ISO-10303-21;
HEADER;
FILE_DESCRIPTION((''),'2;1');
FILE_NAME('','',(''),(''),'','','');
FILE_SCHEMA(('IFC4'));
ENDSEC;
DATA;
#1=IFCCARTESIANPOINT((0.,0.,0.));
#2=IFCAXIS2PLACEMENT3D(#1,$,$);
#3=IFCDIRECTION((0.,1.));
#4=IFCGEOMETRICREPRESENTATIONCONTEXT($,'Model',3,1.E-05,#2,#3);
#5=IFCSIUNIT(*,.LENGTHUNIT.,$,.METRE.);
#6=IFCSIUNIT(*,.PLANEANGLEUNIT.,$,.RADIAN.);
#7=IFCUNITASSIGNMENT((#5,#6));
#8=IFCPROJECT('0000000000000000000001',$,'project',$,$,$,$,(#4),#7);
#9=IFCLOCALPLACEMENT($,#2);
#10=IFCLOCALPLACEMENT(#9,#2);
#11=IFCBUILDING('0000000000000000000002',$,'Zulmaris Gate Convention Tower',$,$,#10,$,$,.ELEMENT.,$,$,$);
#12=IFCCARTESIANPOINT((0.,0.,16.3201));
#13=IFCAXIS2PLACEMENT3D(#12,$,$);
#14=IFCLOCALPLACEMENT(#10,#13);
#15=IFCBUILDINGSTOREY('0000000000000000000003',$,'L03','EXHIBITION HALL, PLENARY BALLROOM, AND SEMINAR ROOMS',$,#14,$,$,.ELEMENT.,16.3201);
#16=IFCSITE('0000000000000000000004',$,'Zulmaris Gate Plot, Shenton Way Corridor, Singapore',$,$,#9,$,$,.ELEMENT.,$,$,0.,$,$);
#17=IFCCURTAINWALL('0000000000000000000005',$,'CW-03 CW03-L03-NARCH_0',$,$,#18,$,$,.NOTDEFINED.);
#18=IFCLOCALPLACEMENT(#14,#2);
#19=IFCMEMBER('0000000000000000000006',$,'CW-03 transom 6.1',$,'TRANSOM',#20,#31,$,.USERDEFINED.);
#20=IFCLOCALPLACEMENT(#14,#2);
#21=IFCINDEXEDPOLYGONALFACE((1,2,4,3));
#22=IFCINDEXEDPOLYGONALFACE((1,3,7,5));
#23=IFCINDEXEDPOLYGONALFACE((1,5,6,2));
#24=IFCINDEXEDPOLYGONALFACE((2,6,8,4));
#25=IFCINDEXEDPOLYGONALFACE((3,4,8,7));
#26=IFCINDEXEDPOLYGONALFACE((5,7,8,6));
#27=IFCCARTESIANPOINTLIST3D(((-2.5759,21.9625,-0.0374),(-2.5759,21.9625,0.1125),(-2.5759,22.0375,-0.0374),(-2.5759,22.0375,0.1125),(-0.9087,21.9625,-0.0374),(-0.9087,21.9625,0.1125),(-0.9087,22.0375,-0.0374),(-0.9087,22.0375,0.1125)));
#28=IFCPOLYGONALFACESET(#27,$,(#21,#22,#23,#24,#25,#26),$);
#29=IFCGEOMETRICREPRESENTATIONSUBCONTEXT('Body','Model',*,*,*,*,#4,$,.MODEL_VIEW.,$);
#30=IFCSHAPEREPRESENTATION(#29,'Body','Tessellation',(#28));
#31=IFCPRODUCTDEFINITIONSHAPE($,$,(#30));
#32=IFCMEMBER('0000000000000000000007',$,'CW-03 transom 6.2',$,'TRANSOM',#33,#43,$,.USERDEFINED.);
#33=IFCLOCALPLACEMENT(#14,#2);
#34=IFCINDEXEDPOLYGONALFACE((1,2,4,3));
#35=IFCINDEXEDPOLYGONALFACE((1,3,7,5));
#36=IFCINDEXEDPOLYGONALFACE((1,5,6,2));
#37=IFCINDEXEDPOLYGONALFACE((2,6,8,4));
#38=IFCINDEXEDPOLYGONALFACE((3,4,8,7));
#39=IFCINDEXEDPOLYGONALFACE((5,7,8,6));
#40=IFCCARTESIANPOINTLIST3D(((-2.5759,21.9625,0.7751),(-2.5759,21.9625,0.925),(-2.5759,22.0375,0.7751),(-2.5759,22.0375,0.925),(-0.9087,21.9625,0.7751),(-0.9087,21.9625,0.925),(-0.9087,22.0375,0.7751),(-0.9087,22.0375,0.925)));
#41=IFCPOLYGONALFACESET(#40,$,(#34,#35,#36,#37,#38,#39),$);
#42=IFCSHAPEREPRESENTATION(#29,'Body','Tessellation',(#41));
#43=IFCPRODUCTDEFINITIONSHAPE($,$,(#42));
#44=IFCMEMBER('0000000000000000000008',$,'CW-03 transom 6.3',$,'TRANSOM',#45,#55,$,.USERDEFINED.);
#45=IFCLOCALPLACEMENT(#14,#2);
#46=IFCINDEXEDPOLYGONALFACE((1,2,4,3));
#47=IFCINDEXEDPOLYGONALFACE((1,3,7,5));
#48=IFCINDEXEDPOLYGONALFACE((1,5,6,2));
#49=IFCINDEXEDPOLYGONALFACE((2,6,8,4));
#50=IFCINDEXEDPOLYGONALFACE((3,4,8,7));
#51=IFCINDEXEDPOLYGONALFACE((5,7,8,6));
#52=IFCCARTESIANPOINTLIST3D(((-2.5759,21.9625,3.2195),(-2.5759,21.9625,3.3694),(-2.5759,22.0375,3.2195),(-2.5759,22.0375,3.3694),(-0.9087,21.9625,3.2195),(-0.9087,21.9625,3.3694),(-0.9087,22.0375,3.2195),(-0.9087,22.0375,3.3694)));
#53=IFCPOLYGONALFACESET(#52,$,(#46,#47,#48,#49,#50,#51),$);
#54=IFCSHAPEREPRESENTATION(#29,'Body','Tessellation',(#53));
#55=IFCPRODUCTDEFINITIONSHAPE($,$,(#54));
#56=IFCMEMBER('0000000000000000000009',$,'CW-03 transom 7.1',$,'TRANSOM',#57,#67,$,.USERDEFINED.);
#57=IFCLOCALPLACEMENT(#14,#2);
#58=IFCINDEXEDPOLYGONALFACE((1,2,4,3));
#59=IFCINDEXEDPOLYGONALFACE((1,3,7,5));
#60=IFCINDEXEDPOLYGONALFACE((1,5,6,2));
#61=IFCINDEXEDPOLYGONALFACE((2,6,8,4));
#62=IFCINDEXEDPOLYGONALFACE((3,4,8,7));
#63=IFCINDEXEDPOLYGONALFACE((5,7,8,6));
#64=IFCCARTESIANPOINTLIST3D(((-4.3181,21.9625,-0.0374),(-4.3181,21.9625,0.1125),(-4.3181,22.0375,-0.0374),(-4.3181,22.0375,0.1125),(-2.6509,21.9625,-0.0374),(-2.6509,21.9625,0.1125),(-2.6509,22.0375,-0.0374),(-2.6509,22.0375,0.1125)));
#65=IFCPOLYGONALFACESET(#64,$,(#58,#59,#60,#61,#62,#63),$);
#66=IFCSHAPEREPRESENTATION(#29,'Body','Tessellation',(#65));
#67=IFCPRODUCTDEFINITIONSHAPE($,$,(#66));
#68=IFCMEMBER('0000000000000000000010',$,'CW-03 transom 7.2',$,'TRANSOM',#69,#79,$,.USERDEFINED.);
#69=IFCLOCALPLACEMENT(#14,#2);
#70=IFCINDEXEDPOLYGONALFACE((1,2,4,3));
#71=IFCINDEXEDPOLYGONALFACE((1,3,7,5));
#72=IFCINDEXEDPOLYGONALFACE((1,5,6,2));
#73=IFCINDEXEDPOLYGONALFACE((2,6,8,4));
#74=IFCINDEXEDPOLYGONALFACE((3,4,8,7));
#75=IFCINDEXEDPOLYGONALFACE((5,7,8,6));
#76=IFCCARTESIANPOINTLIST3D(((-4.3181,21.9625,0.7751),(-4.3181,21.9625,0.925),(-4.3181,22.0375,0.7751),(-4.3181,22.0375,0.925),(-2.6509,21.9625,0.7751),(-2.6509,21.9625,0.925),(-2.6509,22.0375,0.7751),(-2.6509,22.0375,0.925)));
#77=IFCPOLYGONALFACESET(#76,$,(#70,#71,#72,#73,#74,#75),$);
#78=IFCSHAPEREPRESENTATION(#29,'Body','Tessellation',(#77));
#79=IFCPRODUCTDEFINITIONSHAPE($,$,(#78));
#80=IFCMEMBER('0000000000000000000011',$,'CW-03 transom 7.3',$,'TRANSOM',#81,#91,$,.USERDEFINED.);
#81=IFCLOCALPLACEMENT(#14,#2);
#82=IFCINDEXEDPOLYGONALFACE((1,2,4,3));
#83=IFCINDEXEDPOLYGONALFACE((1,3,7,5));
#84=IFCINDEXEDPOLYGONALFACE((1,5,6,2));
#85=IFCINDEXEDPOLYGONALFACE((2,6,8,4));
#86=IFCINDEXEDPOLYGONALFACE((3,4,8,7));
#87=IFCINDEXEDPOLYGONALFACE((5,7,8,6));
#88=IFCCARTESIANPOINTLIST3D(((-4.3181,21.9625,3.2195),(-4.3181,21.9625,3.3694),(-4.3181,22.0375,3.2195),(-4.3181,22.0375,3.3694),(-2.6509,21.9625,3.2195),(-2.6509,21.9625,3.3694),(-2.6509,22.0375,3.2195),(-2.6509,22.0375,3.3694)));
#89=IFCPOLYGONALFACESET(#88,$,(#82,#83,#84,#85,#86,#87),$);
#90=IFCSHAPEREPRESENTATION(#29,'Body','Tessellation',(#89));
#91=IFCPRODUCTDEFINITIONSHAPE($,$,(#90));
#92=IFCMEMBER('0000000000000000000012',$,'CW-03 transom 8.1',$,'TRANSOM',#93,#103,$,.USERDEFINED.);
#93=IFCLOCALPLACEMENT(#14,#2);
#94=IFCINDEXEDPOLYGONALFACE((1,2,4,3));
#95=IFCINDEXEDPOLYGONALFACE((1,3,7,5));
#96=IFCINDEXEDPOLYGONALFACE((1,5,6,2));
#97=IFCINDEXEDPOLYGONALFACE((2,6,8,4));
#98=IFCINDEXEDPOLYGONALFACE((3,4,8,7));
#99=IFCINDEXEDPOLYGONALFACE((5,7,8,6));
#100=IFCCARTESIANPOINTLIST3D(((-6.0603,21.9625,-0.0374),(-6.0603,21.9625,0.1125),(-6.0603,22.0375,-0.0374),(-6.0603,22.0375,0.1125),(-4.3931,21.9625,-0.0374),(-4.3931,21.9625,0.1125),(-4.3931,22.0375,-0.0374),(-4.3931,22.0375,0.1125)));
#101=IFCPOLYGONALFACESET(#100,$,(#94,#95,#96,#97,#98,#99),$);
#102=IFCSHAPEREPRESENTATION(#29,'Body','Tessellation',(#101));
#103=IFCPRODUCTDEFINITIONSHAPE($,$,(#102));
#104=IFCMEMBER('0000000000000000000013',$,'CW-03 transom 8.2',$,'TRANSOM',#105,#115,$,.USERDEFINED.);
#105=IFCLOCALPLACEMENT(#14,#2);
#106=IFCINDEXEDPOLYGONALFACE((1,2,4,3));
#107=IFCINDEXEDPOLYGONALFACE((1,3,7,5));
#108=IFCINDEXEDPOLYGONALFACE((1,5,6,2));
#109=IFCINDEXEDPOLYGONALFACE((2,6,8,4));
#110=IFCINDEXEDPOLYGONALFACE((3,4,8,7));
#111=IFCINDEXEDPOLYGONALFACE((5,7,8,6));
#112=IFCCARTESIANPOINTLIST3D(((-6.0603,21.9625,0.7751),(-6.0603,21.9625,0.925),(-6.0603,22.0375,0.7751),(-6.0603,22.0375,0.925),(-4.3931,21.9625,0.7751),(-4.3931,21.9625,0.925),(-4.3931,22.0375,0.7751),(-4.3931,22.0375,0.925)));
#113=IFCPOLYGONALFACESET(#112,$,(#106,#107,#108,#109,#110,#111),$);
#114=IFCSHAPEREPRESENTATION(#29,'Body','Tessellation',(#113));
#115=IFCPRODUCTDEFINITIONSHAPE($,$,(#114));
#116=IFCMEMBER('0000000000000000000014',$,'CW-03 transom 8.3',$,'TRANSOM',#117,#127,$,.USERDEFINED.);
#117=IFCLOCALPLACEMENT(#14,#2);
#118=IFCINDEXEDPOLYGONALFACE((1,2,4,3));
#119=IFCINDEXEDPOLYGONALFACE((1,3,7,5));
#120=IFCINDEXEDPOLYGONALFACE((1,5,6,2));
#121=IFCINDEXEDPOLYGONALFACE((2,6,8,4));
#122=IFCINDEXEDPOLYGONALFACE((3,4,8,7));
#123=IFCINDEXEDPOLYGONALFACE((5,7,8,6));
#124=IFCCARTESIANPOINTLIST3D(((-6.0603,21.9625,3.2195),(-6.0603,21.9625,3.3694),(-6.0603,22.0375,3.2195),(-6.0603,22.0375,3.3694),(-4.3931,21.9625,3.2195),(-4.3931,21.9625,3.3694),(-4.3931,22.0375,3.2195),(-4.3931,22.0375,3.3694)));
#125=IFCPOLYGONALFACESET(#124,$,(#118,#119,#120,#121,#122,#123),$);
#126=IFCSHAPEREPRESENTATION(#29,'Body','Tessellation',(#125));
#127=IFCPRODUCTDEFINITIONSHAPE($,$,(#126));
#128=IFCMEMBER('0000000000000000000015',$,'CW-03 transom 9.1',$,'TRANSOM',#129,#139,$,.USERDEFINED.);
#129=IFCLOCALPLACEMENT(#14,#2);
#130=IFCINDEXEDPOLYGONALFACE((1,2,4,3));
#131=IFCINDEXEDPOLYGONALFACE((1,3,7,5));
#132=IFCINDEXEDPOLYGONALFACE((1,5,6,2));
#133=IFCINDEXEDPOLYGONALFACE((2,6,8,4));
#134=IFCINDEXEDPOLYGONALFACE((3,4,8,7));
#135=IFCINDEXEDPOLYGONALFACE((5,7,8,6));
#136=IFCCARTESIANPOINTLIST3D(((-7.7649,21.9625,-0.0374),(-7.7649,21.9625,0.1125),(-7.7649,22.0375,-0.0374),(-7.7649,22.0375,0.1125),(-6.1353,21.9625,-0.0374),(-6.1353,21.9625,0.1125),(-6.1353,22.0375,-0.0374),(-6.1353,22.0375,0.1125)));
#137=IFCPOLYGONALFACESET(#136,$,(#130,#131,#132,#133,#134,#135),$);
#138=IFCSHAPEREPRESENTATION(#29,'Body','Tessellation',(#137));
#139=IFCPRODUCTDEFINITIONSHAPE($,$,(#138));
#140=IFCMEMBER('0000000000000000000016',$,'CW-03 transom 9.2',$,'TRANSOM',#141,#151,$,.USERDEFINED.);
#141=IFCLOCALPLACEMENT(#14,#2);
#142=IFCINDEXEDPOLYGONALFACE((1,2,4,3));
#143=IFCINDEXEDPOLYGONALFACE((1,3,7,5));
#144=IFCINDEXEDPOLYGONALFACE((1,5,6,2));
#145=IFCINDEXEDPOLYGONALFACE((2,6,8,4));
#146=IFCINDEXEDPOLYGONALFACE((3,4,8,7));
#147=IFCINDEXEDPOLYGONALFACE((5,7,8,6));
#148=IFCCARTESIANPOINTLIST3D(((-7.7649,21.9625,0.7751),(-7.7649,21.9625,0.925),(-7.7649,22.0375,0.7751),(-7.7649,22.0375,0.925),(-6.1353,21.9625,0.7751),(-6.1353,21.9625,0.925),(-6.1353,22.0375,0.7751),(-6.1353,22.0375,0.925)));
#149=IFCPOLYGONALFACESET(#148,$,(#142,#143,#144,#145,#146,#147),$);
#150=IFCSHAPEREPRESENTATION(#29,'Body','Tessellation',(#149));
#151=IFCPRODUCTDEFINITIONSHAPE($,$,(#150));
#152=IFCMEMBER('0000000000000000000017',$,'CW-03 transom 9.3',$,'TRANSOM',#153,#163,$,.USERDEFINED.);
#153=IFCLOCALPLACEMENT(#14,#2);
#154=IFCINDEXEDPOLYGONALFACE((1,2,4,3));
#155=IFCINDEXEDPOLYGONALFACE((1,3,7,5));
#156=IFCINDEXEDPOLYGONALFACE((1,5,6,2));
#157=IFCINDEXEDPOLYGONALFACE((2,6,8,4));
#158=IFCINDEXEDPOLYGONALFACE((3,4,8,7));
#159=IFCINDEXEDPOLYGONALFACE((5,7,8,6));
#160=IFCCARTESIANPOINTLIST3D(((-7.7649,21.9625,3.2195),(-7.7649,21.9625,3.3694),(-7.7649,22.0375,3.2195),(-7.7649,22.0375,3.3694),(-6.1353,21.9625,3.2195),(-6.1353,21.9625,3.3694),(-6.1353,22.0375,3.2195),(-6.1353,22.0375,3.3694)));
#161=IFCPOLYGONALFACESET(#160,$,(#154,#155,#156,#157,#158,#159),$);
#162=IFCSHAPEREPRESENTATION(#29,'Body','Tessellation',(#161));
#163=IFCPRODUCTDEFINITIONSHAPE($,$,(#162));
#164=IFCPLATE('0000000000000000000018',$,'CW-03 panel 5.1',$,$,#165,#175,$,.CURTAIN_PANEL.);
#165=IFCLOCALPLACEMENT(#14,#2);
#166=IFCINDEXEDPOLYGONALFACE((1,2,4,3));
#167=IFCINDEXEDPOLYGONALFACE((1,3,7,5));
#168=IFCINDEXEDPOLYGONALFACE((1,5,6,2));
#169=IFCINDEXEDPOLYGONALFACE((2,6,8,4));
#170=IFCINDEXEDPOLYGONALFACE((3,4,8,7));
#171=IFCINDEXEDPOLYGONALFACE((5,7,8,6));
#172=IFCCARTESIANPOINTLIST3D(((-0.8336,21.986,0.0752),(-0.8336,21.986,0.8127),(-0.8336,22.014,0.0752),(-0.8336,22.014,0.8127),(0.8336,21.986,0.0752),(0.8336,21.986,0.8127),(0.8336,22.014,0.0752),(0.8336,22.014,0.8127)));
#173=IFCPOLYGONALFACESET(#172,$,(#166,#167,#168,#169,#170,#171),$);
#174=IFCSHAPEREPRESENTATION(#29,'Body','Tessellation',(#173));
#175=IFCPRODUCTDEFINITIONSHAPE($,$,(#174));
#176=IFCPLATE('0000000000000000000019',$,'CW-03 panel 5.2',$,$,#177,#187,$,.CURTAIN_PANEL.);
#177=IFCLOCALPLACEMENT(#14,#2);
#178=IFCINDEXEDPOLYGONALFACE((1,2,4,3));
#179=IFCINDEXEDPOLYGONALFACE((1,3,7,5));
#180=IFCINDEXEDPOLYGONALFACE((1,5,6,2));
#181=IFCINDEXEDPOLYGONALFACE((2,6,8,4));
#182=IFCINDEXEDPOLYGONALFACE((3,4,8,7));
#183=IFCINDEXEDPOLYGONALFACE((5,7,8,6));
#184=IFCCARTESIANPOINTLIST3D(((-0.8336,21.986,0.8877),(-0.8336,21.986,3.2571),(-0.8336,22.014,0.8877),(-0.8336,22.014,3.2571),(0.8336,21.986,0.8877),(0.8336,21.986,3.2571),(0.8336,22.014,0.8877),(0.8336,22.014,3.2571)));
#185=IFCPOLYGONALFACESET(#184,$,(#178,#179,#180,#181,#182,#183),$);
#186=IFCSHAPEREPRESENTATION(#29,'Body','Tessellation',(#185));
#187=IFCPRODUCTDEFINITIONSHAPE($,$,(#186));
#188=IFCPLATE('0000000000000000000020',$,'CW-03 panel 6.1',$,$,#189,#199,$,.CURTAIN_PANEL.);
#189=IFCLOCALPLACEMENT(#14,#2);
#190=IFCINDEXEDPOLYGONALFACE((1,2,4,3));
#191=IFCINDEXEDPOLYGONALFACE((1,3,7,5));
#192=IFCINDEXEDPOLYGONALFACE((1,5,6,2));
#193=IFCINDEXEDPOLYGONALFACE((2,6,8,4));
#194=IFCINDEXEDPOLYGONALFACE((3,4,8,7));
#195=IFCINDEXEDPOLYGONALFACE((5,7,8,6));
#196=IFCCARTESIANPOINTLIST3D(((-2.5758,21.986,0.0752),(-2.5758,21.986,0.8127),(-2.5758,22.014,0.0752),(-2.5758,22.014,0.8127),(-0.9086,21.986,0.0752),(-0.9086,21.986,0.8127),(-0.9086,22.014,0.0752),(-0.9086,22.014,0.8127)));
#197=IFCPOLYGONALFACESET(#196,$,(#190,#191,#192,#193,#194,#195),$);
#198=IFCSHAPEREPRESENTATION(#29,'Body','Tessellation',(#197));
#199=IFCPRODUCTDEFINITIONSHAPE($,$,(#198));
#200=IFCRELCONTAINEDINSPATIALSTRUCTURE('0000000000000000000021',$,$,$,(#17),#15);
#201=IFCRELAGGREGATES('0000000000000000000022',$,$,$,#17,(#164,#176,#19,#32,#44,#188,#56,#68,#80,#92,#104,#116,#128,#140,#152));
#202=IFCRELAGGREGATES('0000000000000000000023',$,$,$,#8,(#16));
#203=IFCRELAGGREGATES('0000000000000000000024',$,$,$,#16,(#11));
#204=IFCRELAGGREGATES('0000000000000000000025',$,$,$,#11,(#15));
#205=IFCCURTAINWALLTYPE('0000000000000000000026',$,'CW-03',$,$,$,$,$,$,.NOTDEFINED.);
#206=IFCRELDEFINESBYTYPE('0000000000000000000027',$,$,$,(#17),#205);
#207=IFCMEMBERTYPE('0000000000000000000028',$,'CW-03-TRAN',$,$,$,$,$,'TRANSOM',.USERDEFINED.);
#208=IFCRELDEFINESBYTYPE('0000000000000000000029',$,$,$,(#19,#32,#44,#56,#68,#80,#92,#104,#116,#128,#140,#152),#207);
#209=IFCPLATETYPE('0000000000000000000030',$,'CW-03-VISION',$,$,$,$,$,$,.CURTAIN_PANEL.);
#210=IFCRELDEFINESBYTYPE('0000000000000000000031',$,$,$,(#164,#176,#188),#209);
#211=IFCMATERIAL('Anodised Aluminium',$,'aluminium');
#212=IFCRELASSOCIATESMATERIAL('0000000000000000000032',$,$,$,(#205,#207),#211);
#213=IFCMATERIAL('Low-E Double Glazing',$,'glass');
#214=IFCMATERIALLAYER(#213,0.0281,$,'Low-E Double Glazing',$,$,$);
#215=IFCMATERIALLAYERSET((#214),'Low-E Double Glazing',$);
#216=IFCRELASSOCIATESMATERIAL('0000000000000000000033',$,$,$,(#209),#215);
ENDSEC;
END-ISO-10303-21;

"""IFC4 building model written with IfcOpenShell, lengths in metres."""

from ifc_helpers import new_model, si_unit, direction, frame, origin, origin_2d, place, context, subcontext, project, spatial, rectangle, extrude, material, layer, layer_set, material_profile, profile_set, type_object, element, aggregate, save


model = new_model("IFC4")

# Units and contexts
model_context = context("Model", 3, precision=1e-05, world=origin(), true_north=direction((0.0, 1.0)))
body_context = subcontext(model_context, "Body", "Model", "MODEL_VIEW")
ifc_project = project(units=[si_unit("LENGTHUNIT", "METRE"), si_unit("PLANEANGLEUNIT", "RADIAN")], contexts=[model_context])

# Site, building, storey
site_placement = place(None, origin())
site = spatial("IfcSite", under=ifc_project, at=site_placement, Name="Zulmaris Gate Plot, Shenton Way Corridor, Singapore", CompositionType="ELEMENT", RefElevation=0.0)
building_placement = place(site_placement, origin())
building = spatial("IfcBuilding", under=site, at=building_placement, Name="Zulmaris Gate Convention Tower", CompositionType="ELEMENT")
storey_placement = place(building_placement, frame((0.0, 0.0, 16.3201)))
storey = spatial("IfcBuildingStorey", under=building, at=storey_placement, Name="L03", Description="EXHIBITION HALL, PLENARY BALLROOM, AND SEMINAR ROOMS", CompositionType="ELEMENT", Elevation=16.3201)

# Curtain wall, members, plates
ifc_material_1 = material(Name="Anodised Aluminium", Category="aluminium")
curtain_wall_type = type_object("IfcCurtainWallType", Name="CW-03", PredefinedType="NOTDEFINED", material=ifc_material_1)
curtain_wall_placement = place(storey_placement, origin())
curtain_wall = element("IfcCurtainWall", 1, at=curtain_wall_placement, inside=storey, type_object=curtain_wall_type, Name="CW-03 CW03-L03-NARCH_0", PredefinedType="NOTDEFINED")
ifc_material_profile_1 = material_profile(ifc_material_1, rectangle(XDim=0.075, YDim=0.1499, at=origin_2d()), Name="ALU TRANSOM 75x150")
ifc_profile_set_1 = profile_set([ifc_material_profile_1], Name="Anodised Aluminium")
member_type_1 = type_object("IfcMemberType", Name="CW-03-TRAN", ElementType="TRANSOM", PredefinedType="USERDEFINED", material=ifc_profile_set_1)
member_1_placement = place(storey_placement, frame((-0.9087, 22.0, 0.0376), z_axis=(-1.0, 0.0, 0.0), x_axis=(0.0, -1.0, 0.0)))
member_1 = element("IfcMember", 2, at=member_1_placement, type_object=member_type_1, Name="CW-03 transom 6.1", ObjectType="TRANSOM", PredefinedType="USERDEFINED", context=body_context, shape_type="SweptSolid", body=[
    extrude(rectangle(XDim=0.075, YDim=0.1499, at=origin_2d()), origin(), (0.0, 0.0, 1.0), 1.6672),
])
member_2_placement = place(storey_placement, frame((-0.9087, 22.0, 0.8501), z_axis=(-1.0, 0.0, 0.0), x_axis=(0.0, -1.0, 0.0)))
member_2 = element("IfcMember", 3, at=member_2_placement, type_object=member_type_1, Name="CW-03 transom 6.2", ObjectType="TRANSOM", PredefinedType="USERDEFINED", context=body_context, shape_type="SweptSolid", body=[
    extrude(rectangle(XDim=0.075, YDim=0.1499, at=origin_2d()), origin(), (0.0, 0.0, 1.0), 1.6672),
])
member_3_placement = place(storey_placement, frame((-0.9087, 22.0, 3.2944), z_axis=(-1.0, 0.0, 0.0), x_axis=(0.0, -1.0, 0.0)))
member_3 = element("IfcMember", 4, at=member_3_placement, type_object=member_type_1, Name="CW-03 transom 6.3", ObjectType="TRANSOM", PredefinedType="USERDEFINED", context=body_context, shape_type="SweptSolid", body=[
    extrude(rectangle(XDim=0.075, YDim=0.1499, at=origin_2d()), origin(), (0.0, 0.0, 1.0), 1.6672),
])
member_4_placement = place(storey_placement, frame((-2.6509, 22.0, 0.0376), z_axis=(-1.0, 0.0, 0.0), x_axis=(0.0, -1.0, 0.0)))
member_4 = element("IfcMember", 5, at=member_4_placement, type_object=member_type_1, Name="CW-03 transom 7.1", ObjectType="TRANSOM", PredefinedType="USERDEFINED", context=body_context, shape_type="SweptSolid", body=[
    extrude(rectangle(XDim=0.075, YDim=0.1499, at=origin_2d()), origin(), (0.0, 0.0, 1.0), 1.6672),
])
member_5_placement = place(storey_placement, frame((-2.6509, 22.0, 0.8501), z_axis=(-1.0, 0.0, 0.0), x_axis=(0.0, -1.0, 0.0)))
member_5 = element("IfcMember", 6, at=member_5_placement, type_object=member_type_1, Name="CW-03 transom 7.2", ObjectType="TRANSOM", PredefinedType="USERDEFINED", context=body_context, shape_type="SweptSolid", body=[
    extrude(rectangle(XDim=0.075, YDim=0.1499, at=origin_2d()), origin(), (0.0, 0.0, 1.0), 1.6672),
])
member_6_placement = place(storey_placement, frame((-2.6509, 22.0, 3.2944), z_axis=(-1.0, 0.0, 0.0), x_axis=(0.0, -1.0, 0.0)))
member_6 = element("IfcMember", 7, at=member_6_placement, type_object=member_type_1, Name="CW-03 transom 7.3", ObjectType="TRANSOM", PredefinedType="USERDEFINED", context=body_context, shape_type="SweptSolid", body=[
    extrude(rectangle(XDim=0.075, YDim=0.1499, at=origin_2d()), origin(), (0.0, 0.0, 1.0), 1.6672),
])
member_7_placement = place(storey_placement, frame((-4.3931, 22.0, 0.0376), z_axis=(-1.0, 0.0, 0.0), x_axis=(0.0, -1.0, 0.0)))
member_7 = element("IfcMember", 8, at=member_7_placement, type_object=member_type_1, Name="CW-03 transom 8.1", ObjectType="TRANSOM", PredefinedType="USERDEFINED", context=body_context, shape_type="SweptSolid", body=[
    extrude(rectangle(XDim=0.075, YDim=0.1499, at=origin_2d()), origin(), (0.0, 0.0, 1.0), 1.6672),
])
member_8_placement = place(storey_placement, frame((-4.3931, 22.0, 0.8501), z_axis=(-1.0, 0.0, 0.0), x_axis=(0.0, -1.0, 0.0)))
member_8 = element("IfcMember", 9, at=member_8_placement, type_object=member_type_1, Name="CW-03 transom 8.2", ObjectType="TRANSOM", PredefinedType="USERDEFINED", context=body_context, shape_type="SweptSolid", body=[
    extrude(rectangle(XDim=0.075, YDim=0.1499, at=origin_2d()), origin(), (0.0, 0.0, 1.0), 1.6672),
])
member_9_placement = place(storey_placement, frame((-4.3931, 22.0, 3.2944), z_axis=(-1.0, 0.0, 0.0), x_axis=(0.0, -1.0, 0.0)))
member_9 = element("IfcMember", 10, at=member_9_placement, type_object=member_type_1, Name="CW-03 transom 8.3", ObjectType="TRANSOM", PredefinedType="USERDEFINED", context=body_context, shape_type="SweptSolid", body=[
    extrude(rectangle(XDim=0.075, YDim=0.1499, at=origin_2d()), origin(), (0.0, 0.0, 1.0), 1.6672),
])
member_10_placement = place(storey_placement, frame((-6.1353, 22.0, 0.0376), z_axis=(-1.0, 0.0, 0.0), x_axis=(0.0, -1.0, 0.0)))
member_10 = element("IfcMember", 11, at=member_10_placement, type_object=member_type_1, Name="CW-03 transom 9.1", ObjectType="TRANSOM", PredefinedType="USERDEFINED", context=body_context, shape_type="SweptSolid", body=[
    extrude(rectangle(XDim=0.075, YDim=0.1499, at=origin_2d()), origin(), (0.0, 0.0, 1.0), 1.6296),
])
member_11_placement = place(storey_placement, frame((-6.1353, 22.0, 0.8501), z_axis=(-1.0, 0.0, 0.0), x_axis=(0.0, -1.0, 0.0)))
member_11 = element("IfcMember", 12, at=member_11_placement, type_object=member_type_1, Name="CW-03 transom 9.2", ObjectType="TRANSOM", PredefinedType="USERDEFINED", context=body_context, shape_type="SweptSolid", body=[
    extrude(rectangle(XDim=0.075, YDim=0.1499, at=origin_2d()), origin(), (0.0, 0.0, 1.0), 1.6296),
])
member_12_placement = place(storey_placement, frame((-6.1353, 22.0, 3.2944), z_axis=(-1.0, 0.0, 0.0), x_axis=(0.0, -1.0, 0.0)))
member_12 = element("IfcMember", 13, at=member_12_placement, type_object=member_type_1, Name="CW-03 transom 9.3", ObjectType="TRANSOM", PredefinedType="USERDEFINED", context=body_context, shape_type="SweptSolid", body=[
    extrude(rectangle(XDim=0.075, YDim=0.1499, at=origin_2d()), origin(), (0.0, 0.0, 1.0), 1.6296),
])
ifc_material_2 = material(Name="Low-E Double Glazing", Category="glass")
ifc_layer_1 = layer(ifc_material_2, 0.0281, Name="Low-E Double Glazing")
ifc_layer_set_1 = layer_set([ifc_layer_1], Name="Low-E Double Glazing")
plate_type_1 = type_object("IfcPlateType", Name="CW-03-VISION", PredefinedType="CURTAIN_PANEL", material=ifc_layer_set_1)
plate_1_placement = place(storey_placement, frame((0.0, 22.0, 0.0752), z_axis=(0.0, 0.0, 1.0), x_axis=(-1.0, 0.0, 0.0)))
plate_1 = element("IfcPlate", 14, at=plate_1_placement, type_object=plate_type_1, Name="CW-03 panel 5.1", PredefinedType="CURTAIN_PANEL", context=body_context, shape_type="SweptSolid", body=[
    extrude(rectangle(XDim=1.6672, YDim=0.0281, at=origin_2d()), origin(), (0.0, 0.0, 1.0), 0.7375),
])
plate_2_placement = place(storey_placement, frame((0.0, 22.0, 0.8877), z_axis=(0.0, 0.0, 1.0), x_axis=(-1.0, 0.0, 0.0)))
plate_2 = element("IfcPlate", 15, at=plate_2_placement, type_object=plate_type_1, Name="CW-03 panel 5.2", PredefinedType="CURTAIN_PANEL", context=body_context, shape_type="SweptSolid", body=[
    extrude(rectangle(XDim=1.6672, YDim=0.0281, at=origin_2d()), origin(), (0.0, 0.0, 1.0), 2.3694),
])
plate_3_placement = place(storey_placement, frame((-1.7422, 22.0, 0.0752), z_axis=(0.0, 0.0, 1.0), x_axis=(-1.0, 0.0, 0.0)))
plate_3 = element("IfcPlate", 16, at=plate_3_placement, type_object=plate_type_1, Name="CW-03 panel 6.1", PredefinedType="CURTAIN_PANEL", context=body_context, shape_type="SweptSolid", body=[
    extrude(rectangle(XDim=1.6672, YDim=0.0281, at=origin_2d()), origin(), (0.0, 0.0, 1.0), 0.7375),
])
aggregate(curtain_wall, [plate_1, plate_2, member_1, member_2, member_3, plate_3, member_4, member_5, member_6, member_7, member_8, member_9, member_10, member_11, member_12])

save(model, "model.ifc")
